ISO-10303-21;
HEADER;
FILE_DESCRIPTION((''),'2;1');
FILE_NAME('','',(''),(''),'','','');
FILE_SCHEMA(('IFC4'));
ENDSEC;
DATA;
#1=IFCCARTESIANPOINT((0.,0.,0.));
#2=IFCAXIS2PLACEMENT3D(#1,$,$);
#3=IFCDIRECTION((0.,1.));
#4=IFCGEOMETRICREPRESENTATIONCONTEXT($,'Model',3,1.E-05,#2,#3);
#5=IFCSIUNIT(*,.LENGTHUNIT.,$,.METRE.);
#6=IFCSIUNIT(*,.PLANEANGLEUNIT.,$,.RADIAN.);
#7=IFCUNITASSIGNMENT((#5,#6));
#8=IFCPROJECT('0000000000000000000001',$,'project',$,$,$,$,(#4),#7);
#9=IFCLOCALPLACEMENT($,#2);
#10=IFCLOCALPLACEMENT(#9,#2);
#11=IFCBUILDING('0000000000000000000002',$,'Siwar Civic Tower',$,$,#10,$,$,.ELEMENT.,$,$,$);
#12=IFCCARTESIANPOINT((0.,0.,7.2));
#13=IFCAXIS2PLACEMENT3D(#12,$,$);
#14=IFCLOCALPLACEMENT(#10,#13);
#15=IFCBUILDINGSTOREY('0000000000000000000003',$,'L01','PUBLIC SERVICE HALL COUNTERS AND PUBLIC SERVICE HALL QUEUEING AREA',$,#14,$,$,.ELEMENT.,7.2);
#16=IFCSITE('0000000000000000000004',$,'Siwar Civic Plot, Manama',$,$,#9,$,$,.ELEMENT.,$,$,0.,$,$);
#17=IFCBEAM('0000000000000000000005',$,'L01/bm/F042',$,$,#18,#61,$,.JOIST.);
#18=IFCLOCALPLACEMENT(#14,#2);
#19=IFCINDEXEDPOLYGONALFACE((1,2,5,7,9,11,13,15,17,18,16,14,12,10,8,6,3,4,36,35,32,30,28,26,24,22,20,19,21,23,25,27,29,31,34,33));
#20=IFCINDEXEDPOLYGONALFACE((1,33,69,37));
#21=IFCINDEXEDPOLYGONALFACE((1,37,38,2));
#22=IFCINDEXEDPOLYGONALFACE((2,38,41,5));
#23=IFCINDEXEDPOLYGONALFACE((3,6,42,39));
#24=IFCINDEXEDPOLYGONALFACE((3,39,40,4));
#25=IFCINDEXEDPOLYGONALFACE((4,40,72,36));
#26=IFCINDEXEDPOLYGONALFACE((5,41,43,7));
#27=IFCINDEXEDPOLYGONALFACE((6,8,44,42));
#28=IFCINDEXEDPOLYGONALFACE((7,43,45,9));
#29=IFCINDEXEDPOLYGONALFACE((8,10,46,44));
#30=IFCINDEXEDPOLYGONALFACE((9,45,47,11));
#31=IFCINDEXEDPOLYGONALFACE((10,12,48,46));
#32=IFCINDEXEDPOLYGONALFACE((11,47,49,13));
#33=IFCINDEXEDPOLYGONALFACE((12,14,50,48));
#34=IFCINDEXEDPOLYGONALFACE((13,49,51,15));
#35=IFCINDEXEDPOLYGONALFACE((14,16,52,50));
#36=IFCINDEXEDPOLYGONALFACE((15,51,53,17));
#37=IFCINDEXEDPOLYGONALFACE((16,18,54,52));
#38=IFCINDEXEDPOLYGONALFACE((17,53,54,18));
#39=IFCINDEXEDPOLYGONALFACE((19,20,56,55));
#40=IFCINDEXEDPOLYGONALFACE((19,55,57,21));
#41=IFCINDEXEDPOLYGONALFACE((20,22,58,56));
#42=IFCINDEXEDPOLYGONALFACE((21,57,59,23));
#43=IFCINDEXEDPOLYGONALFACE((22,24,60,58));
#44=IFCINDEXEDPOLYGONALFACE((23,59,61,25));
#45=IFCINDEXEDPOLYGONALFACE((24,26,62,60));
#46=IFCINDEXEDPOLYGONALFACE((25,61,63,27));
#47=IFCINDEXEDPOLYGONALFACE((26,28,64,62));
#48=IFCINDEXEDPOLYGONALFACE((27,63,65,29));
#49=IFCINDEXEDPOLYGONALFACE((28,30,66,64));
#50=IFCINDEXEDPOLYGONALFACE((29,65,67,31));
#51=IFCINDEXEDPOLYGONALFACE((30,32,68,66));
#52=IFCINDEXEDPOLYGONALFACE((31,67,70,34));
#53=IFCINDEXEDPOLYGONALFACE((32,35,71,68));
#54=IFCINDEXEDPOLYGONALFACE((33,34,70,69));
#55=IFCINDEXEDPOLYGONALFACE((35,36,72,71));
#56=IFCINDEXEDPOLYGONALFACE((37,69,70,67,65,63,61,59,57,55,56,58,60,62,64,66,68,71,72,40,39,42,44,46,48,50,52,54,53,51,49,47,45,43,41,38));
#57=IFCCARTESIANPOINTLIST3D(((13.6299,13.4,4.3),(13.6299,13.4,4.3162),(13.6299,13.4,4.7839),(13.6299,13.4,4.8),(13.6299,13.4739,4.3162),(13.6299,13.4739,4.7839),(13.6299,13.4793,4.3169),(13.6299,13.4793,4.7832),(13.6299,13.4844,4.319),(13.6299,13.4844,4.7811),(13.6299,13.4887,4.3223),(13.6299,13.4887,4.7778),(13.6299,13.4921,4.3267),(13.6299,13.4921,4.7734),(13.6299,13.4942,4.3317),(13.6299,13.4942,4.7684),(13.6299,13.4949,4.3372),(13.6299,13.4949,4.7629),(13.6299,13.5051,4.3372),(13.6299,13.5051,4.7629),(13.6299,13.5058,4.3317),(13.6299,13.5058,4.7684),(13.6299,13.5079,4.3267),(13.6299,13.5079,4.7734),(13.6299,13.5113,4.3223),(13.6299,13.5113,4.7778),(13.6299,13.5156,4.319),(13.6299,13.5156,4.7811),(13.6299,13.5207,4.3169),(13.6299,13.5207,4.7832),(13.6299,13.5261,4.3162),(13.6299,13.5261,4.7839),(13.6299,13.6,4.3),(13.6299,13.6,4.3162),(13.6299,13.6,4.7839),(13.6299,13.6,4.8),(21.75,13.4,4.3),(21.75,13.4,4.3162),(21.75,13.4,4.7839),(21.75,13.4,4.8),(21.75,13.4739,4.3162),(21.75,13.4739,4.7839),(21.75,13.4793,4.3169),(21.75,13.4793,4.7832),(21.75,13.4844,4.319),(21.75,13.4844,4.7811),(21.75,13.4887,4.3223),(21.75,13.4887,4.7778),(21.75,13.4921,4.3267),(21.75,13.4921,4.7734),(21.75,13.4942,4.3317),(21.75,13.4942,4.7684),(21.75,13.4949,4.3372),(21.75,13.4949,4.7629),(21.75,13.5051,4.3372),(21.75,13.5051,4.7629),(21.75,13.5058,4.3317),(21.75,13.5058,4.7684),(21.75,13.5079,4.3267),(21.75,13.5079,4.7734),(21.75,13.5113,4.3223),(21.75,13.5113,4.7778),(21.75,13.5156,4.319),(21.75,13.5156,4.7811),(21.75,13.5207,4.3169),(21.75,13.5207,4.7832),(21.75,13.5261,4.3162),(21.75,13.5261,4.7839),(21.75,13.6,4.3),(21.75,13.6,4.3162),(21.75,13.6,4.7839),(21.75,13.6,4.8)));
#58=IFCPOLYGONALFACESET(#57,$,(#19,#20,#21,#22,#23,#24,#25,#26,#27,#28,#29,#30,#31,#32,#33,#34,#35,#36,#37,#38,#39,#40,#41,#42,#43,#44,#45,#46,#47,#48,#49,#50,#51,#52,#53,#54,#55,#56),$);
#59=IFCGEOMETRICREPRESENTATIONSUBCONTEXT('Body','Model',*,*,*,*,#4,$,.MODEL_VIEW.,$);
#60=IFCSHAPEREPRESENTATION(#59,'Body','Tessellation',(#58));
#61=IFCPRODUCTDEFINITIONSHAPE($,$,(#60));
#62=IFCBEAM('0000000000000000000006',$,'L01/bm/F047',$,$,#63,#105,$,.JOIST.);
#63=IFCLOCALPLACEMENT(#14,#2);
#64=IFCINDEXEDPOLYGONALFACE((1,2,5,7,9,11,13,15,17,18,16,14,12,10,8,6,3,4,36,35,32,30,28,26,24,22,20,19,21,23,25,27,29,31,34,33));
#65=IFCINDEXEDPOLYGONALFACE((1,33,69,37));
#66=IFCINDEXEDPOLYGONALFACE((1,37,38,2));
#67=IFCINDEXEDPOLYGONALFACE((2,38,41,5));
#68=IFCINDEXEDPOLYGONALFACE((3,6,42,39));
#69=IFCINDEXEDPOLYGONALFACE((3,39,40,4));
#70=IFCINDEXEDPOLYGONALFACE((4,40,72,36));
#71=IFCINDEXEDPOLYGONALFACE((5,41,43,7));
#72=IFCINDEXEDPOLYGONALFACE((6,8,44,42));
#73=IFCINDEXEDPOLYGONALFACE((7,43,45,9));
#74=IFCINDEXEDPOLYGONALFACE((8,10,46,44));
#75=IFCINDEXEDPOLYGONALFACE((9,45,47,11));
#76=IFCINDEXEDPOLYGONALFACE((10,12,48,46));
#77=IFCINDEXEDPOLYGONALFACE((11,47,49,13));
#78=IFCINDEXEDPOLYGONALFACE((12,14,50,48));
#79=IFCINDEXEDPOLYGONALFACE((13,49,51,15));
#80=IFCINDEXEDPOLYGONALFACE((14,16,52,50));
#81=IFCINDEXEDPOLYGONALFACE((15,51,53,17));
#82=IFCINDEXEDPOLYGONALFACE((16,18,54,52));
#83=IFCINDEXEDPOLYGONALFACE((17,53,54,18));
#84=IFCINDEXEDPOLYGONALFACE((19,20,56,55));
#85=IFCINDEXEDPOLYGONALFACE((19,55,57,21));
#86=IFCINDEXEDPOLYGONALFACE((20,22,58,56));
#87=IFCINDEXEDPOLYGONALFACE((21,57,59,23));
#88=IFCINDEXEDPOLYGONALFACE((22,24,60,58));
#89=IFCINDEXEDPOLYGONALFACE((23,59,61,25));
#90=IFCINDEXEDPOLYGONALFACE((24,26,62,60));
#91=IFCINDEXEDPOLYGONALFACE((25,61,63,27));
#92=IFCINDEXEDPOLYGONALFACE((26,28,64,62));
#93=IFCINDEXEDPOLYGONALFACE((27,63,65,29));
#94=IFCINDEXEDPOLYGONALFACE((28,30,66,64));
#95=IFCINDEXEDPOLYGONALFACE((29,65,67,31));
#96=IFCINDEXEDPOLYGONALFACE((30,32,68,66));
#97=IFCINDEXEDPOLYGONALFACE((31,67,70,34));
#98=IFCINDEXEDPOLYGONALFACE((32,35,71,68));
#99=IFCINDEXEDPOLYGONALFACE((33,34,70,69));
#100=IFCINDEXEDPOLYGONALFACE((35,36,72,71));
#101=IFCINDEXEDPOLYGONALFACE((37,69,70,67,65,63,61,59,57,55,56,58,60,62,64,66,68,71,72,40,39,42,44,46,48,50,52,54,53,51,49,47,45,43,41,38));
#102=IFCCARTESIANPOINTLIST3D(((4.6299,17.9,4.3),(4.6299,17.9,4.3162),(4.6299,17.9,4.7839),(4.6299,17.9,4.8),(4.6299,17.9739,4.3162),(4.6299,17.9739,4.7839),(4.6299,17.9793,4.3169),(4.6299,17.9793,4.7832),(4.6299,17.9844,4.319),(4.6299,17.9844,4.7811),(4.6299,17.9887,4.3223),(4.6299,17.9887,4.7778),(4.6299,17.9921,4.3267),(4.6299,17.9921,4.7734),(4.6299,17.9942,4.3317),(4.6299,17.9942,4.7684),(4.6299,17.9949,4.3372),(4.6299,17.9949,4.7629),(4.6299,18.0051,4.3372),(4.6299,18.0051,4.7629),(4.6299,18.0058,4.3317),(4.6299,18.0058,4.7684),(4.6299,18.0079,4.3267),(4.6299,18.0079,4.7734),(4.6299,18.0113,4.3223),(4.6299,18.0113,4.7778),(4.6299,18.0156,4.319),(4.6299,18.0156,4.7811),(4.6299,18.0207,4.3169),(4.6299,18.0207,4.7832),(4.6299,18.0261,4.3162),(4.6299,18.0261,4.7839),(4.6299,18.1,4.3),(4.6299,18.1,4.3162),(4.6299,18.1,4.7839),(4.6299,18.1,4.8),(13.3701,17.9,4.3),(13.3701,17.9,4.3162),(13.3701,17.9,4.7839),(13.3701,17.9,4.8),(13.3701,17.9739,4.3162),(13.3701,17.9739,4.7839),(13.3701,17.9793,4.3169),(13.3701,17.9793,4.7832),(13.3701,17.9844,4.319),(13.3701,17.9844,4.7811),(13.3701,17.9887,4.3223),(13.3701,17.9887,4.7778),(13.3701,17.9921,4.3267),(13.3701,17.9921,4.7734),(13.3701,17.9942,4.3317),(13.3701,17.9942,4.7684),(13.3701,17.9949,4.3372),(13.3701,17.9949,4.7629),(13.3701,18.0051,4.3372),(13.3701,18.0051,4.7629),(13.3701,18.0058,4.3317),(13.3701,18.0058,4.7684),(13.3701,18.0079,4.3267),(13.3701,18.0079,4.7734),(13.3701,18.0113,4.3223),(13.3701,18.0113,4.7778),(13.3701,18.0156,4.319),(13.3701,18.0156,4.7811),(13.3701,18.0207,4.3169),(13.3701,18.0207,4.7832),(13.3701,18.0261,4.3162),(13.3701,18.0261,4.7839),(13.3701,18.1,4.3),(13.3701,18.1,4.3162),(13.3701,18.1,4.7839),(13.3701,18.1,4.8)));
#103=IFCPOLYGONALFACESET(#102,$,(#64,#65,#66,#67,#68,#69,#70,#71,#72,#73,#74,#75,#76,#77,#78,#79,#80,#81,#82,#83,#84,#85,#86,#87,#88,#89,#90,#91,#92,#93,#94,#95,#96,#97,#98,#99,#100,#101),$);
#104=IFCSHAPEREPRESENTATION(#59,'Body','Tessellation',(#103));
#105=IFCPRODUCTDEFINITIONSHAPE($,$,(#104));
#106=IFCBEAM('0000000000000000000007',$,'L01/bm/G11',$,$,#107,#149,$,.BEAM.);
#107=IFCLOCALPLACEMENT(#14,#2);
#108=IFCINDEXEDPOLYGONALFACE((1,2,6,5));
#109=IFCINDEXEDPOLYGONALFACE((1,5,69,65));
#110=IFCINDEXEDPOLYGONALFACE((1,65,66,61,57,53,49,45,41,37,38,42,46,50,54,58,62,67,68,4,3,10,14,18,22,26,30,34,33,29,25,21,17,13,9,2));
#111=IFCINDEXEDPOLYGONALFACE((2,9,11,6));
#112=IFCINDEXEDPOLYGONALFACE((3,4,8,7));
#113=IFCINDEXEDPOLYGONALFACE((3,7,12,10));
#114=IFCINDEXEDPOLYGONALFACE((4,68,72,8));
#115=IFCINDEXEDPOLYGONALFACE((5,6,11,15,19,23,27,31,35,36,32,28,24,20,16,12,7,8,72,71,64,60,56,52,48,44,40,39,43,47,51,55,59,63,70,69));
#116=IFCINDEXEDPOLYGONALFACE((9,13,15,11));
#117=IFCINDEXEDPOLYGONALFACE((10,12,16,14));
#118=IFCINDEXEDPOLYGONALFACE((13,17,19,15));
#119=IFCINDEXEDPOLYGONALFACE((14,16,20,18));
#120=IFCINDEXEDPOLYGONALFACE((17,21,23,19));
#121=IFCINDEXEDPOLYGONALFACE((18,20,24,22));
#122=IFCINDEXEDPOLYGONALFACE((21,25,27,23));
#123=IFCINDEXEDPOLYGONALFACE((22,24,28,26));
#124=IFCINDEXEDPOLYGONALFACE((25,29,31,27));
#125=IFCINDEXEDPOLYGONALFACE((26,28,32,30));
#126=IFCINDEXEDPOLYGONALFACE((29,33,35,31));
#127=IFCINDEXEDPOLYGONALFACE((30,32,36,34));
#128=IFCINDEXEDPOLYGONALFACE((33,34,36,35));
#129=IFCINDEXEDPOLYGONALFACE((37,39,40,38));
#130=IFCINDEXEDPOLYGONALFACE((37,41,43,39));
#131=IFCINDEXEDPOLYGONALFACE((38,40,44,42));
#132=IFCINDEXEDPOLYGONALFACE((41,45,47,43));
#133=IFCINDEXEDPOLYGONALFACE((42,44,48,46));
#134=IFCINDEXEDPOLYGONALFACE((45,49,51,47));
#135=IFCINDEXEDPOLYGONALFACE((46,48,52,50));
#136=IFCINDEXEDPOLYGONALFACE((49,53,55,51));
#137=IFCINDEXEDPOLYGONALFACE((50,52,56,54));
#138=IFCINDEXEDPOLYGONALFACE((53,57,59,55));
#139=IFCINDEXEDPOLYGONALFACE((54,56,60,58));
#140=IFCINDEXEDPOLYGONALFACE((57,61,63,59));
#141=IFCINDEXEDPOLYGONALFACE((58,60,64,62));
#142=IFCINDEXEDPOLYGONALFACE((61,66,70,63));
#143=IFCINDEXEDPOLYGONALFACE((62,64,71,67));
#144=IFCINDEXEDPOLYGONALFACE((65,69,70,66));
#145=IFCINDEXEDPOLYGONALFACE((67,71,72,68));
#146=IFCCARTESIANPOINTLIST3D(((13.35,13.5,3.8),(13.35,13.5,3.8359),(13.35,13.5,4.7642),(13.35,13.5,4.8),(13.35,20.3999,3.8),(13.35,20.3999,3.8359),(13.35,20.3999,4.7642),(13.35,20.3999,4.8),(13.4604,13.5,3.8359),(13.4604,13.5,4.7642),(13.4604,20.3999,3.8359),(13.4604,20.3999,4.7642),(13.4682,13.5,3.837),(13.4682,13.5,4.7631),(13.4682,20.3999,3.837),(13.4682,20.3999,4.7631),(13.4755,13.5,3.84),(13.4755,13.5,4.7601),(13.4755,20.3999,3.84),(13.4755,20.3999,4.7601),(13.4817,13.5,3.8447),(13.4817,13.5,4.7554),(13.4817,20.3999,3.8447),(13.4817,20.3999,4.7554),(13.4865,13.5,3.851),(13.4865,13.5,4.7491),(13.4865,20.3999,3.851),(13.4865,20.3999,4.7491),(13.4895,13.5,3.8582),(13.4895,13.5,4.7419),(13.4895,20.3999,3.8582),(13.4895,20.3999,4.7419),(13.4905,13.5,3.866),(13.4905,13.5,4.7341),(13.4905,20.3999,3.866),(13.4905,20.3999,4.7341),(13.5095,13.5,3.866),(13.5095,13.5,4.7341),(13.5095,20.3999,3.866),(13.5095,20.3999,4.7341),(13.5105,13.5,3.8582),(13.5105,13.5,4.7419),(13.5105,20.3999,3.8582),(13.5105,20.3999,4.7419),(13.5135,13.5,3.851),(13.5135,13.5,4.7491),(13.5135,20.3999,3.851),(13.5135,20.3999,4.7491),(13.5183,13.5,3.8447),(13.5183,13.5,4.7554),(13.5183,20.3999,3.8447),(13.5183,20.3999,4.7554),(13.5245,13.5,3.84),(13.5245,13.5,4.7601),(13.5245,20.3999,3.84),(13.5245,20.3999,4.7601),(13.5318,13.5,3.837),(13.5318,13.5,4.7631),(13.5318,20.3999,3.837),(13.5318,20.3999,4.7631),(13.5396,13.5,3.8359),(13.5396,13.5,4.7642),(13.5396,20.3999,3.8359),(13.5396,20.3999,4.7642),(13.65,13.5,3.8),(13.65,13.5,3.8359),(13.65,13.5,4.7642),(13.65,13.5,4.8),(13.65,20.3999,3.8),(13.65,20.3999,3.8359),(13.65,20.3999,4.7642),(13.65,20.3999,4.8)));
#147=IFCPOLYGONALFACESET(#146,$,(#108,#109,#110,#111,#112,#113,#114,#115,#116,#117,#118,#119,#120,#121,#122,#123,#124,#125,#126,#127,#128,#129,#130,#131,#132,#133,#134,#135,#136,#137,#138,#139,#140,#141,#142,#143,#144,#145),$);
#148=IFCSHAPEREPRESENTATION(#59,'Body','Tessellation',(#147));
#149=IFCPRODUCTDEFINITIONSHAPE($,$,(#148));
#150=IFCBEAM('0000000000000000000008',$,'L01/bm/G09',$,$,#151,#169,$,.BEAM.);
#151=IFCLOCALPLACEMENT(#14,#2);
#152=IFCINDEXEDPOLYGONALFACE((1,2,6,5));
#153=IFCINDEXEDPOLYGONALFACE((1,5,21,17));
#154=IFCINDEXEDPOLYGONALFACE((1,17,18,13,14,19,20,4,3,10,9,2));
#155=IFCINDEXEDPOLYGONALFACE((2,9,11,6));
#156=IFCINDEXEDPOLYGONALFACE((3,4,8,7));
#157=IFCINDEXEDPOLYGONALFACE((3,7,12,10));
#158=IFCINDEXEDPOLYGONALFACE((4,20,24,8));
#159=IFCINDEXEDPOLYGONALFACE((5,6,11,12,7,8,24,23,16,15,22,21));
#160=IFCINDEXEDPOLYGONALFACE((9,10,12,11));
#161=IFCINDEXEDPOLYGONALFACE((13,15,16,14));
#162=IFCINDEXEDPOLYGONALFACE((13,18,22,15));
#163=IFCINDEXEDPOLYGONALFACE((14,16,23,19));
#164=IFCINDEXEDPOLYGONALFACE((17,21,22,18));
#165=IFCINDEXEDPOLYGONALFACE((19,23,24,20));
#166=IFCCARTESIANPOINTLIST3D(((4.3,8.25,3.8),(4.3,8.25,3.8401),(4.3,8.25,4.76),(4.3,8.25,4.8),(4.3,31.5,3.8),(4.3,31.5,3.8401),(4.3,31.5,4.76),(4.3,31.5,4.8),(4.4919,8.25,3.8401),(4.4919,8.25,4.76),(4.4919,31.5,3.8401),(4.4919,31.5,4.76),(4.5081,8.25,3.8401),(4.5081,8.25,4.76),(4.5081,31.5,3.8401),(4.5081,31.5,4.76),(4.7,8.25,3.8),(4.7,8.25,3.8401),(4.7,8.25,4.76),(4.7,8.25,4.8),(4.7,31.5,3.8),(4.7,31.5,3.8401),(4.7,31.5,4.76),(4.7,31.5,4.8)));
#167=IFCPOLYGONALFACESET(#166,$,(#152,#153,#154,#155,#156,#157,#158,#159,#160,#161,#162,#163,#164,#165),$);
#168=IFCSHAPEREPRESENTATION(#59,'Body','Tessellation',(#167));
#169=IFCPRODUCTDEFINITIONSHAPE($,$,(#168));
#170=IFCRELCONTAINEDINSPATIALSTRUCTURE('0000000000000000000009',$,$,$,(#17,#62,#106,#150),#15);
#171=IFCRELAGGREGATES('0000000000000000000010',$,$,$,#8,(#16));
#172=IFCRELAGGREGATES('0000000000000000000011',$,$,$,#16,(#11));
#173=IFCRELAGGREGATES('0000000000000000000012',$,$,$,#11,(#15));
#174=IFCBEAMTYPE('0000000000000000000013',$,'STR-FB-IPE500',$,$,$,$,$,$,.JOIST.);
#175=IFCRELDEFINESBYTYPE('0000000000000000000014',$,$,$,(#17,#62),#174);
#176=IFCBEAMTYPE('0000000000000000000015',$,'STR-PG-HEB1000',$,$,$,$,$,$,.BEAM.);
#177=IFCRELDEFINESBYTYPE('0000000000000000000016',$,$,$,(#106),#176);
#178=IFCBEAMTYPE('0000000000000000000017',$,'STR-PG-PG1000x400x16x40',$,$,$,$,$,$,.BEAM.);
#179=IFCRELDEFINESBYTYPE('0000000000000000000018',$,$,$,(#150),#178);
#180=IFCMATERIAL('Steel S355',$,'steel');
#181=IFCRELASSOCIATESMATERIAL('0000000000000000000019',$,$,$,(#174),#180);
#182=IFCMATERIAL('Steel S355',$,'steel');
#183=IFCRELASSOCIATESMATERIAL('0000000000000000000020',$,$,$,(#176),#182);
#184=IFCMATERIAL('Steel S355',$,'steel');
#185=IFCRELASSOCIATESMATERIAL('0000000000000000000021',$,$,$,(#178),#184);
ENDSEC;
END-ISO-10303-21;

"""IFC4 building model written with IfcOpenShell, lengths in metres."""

from ifc_helpers import new_model, si_unit, direction, frame, origin, origin_2d, place, context, subcontext, project, spatial, i_section, extrude, material, material_profile, profile_set, type_object, element, save


model = new_model("IFC4")

# Units and contexts
model_context = context("Model", 3, precision=1e-05, world=origin(), true_north=direction((0.0, 1.0)))
body_context = subcontext(model_context, "Body", "Model", "MODEL_VIEW")
ifc_project = project(units=[si_unit("LENGTHUNIT", "METRE"), si_unit("PLANEANGLEUNIT", "RADIAN")], contexts=[model_context])

# Site, building, storey
site_placement = place(None, origin())
site = spatial("IfcSite", under=ifc_project, at=site_placement, Name="Siwar Civic Plot, Manama", CompositionType="ELEMENT", RefElevation=0.0)
building_placement = place(site_placement, origin())
building = spatial("IfcBuilding", under=site, at=building_placement, Name="Siwar Civic Tower", CompositionType="ELEMENT")
storey_placement = place(building_placement, frame((0.0, 0.0, 7.2)))
storey = spatial("IfcBuildingStorey", under=building, at=storey_placement, Name="L01", Description="PUBLIC SERVICE HALL COUNTERS AND PUBLIC SERVICE HALL QUEUEING AREA", CompositionType="ELEMENT", Elevation=7.2)

# Beams
ifc_material_1 = material(Name="Steel S355", Category="steel")
ifc_material_profile_1 = material_profile(ifc_material_1, i_section(OverallWidth=0.2, OverallDepth=0.5, WebThickness=0.0103, FlangeThickness=0.0161, FilletRadius=0.021, at=origin_2d()), Name="IPE500")
ifc_profile_set_1 = profile_set([ifc_material_profile_1], Name="Steel S355")
beam_type_1 = type_object("IfcBeamType", Name="STR-FB-IPE500", PredefinedType="JOIST", material=ifc_profile_set_1)
beam_1_placement = place(storey_placement, frame((13.6299, 13.5, 4.55), z_axis=(1.0, 0.0, 0.0), x_axis=(0.0, 1.0, 0.0)))
element("IfcBeam", 1, at=beam_1_placement, inside=storey, type_object=beam_type_1, Name="L01/bm/F042", PredefinedType="JOIST", context=body_context, shape_type="SweptSolid", body=[
    extrude(i_section(OverallWidth=0.2, OverallDepth=0.5, WebThickness=0.0103, FlangeThickness=0.0161, FilletRadius=0.021, at=origin_2d()), origin(), (0.0, 0.0, 1.0), 8.1201),
])
beam_2_placement = place(storey_placement, frame((4.6299, 18.0, 4.55), z_axis=(1.0, 0.0, 0.0), x_axis=(0.0, 1.0, 0.0)))
element("IfcBeam", 2, at=beam_2_placement, inside=storey, type_object=beam_type_1, Name="L01/bm/F047", PredefinedType="JOIST", context=body_context, shape_type="SweptSolid", body=[
    extrude(i_section(OverallWidth=0.2, OverallDepth=0.5, WebThickness=0.0103, FlangeThickness=0.0161, FilletRadius=0.021, at=origin_2d()), origin(), (0.0, 0.0, 1.0), 8.7402),
])
ifc_material_2 = material(Name="Steel S355", Category="steel")
ifc_material_profile_2 = material_profile(ifc_material_2, i_section(OverallWidth=0.3, OverallDepth=1.0, WebThickness=0.019, FlangeThickness=0.0359, FilletRadius=0.03, at=origin_2d()), Name="HEB1000")
ifc_profile_set_2 = profile_set([ifc_material_profile_2], Name="Steel S355")
beam_type_2 = type_object("IfcBeamType", Name="STR-PG-HEB1000", PredefinedType="BEAM", material=ifc_profile_set_2)
beam_3_placement = place(storey_placement, frame((13.5, 13.5, 4.3), z_axis=(0.0, 1.0, 0.0), x_axis=(-1.0, 0.0, 0.0)))
element("IfcBeam", 3, at=beam_3_placement, inside=storey, type_object=beam_type_2, Name="L01/bm/G11", PredefinedType="BEAM", context=body_context, shape_type="SweptSolid", body=[
    extrude(i_section(OverallWidth=0.3, OverallDepth=1.0, WebThickness=0.019, FlangeThickness=0.0359, FilletRadius=0.03, at=origin_2d()), origin(), (0.0, 0.0, 1.0), 6.8999),
])
ifc_material_3 = material(Name="Steel S355", Category="steel")
ifc_material_profile_3 = material_profile(ifc_material_3, i_section(OverallWidth=0.3999, OverallDepth=1.0, WebThickness=0.0161, FlangeThickness=0.04, at=origin_2d()), Name="PG1000x400x16x40")
ifc_profile_set_3 = profile_set([ifc_material_profile_3], Name="Steel S355")
beam_type_3 = type_object("IfcBeamType", Name="STR-PG-PG1000x400x16x40", PredefinedType="BEAM", material=ifc_profile_set_3)
beam_4_placement = place(storey_placement, frame((4.5, 8.25, 4.3), z_axis=(0.0, 1.0, 0.0), x_axis=(-1.0, 0.0, 0.0)))
element("IfcBeam", 4, at=beam_4_placement, inside=storey, type_object=beam_type_3, Name="L01/bm/G09", PredefinedType="BEAM", context=body_context, shape_type="SweptSolid", body=[
    extrude(i_section(OverallWidth=0.3999, OverallDepth=1.0, WebThickness=0.0161, FlangeThickness=0.04, at=origin_2d()), origin(), (0.0, 0.0, 1.0), 23.25),
])

save(model, "model.ifc")
